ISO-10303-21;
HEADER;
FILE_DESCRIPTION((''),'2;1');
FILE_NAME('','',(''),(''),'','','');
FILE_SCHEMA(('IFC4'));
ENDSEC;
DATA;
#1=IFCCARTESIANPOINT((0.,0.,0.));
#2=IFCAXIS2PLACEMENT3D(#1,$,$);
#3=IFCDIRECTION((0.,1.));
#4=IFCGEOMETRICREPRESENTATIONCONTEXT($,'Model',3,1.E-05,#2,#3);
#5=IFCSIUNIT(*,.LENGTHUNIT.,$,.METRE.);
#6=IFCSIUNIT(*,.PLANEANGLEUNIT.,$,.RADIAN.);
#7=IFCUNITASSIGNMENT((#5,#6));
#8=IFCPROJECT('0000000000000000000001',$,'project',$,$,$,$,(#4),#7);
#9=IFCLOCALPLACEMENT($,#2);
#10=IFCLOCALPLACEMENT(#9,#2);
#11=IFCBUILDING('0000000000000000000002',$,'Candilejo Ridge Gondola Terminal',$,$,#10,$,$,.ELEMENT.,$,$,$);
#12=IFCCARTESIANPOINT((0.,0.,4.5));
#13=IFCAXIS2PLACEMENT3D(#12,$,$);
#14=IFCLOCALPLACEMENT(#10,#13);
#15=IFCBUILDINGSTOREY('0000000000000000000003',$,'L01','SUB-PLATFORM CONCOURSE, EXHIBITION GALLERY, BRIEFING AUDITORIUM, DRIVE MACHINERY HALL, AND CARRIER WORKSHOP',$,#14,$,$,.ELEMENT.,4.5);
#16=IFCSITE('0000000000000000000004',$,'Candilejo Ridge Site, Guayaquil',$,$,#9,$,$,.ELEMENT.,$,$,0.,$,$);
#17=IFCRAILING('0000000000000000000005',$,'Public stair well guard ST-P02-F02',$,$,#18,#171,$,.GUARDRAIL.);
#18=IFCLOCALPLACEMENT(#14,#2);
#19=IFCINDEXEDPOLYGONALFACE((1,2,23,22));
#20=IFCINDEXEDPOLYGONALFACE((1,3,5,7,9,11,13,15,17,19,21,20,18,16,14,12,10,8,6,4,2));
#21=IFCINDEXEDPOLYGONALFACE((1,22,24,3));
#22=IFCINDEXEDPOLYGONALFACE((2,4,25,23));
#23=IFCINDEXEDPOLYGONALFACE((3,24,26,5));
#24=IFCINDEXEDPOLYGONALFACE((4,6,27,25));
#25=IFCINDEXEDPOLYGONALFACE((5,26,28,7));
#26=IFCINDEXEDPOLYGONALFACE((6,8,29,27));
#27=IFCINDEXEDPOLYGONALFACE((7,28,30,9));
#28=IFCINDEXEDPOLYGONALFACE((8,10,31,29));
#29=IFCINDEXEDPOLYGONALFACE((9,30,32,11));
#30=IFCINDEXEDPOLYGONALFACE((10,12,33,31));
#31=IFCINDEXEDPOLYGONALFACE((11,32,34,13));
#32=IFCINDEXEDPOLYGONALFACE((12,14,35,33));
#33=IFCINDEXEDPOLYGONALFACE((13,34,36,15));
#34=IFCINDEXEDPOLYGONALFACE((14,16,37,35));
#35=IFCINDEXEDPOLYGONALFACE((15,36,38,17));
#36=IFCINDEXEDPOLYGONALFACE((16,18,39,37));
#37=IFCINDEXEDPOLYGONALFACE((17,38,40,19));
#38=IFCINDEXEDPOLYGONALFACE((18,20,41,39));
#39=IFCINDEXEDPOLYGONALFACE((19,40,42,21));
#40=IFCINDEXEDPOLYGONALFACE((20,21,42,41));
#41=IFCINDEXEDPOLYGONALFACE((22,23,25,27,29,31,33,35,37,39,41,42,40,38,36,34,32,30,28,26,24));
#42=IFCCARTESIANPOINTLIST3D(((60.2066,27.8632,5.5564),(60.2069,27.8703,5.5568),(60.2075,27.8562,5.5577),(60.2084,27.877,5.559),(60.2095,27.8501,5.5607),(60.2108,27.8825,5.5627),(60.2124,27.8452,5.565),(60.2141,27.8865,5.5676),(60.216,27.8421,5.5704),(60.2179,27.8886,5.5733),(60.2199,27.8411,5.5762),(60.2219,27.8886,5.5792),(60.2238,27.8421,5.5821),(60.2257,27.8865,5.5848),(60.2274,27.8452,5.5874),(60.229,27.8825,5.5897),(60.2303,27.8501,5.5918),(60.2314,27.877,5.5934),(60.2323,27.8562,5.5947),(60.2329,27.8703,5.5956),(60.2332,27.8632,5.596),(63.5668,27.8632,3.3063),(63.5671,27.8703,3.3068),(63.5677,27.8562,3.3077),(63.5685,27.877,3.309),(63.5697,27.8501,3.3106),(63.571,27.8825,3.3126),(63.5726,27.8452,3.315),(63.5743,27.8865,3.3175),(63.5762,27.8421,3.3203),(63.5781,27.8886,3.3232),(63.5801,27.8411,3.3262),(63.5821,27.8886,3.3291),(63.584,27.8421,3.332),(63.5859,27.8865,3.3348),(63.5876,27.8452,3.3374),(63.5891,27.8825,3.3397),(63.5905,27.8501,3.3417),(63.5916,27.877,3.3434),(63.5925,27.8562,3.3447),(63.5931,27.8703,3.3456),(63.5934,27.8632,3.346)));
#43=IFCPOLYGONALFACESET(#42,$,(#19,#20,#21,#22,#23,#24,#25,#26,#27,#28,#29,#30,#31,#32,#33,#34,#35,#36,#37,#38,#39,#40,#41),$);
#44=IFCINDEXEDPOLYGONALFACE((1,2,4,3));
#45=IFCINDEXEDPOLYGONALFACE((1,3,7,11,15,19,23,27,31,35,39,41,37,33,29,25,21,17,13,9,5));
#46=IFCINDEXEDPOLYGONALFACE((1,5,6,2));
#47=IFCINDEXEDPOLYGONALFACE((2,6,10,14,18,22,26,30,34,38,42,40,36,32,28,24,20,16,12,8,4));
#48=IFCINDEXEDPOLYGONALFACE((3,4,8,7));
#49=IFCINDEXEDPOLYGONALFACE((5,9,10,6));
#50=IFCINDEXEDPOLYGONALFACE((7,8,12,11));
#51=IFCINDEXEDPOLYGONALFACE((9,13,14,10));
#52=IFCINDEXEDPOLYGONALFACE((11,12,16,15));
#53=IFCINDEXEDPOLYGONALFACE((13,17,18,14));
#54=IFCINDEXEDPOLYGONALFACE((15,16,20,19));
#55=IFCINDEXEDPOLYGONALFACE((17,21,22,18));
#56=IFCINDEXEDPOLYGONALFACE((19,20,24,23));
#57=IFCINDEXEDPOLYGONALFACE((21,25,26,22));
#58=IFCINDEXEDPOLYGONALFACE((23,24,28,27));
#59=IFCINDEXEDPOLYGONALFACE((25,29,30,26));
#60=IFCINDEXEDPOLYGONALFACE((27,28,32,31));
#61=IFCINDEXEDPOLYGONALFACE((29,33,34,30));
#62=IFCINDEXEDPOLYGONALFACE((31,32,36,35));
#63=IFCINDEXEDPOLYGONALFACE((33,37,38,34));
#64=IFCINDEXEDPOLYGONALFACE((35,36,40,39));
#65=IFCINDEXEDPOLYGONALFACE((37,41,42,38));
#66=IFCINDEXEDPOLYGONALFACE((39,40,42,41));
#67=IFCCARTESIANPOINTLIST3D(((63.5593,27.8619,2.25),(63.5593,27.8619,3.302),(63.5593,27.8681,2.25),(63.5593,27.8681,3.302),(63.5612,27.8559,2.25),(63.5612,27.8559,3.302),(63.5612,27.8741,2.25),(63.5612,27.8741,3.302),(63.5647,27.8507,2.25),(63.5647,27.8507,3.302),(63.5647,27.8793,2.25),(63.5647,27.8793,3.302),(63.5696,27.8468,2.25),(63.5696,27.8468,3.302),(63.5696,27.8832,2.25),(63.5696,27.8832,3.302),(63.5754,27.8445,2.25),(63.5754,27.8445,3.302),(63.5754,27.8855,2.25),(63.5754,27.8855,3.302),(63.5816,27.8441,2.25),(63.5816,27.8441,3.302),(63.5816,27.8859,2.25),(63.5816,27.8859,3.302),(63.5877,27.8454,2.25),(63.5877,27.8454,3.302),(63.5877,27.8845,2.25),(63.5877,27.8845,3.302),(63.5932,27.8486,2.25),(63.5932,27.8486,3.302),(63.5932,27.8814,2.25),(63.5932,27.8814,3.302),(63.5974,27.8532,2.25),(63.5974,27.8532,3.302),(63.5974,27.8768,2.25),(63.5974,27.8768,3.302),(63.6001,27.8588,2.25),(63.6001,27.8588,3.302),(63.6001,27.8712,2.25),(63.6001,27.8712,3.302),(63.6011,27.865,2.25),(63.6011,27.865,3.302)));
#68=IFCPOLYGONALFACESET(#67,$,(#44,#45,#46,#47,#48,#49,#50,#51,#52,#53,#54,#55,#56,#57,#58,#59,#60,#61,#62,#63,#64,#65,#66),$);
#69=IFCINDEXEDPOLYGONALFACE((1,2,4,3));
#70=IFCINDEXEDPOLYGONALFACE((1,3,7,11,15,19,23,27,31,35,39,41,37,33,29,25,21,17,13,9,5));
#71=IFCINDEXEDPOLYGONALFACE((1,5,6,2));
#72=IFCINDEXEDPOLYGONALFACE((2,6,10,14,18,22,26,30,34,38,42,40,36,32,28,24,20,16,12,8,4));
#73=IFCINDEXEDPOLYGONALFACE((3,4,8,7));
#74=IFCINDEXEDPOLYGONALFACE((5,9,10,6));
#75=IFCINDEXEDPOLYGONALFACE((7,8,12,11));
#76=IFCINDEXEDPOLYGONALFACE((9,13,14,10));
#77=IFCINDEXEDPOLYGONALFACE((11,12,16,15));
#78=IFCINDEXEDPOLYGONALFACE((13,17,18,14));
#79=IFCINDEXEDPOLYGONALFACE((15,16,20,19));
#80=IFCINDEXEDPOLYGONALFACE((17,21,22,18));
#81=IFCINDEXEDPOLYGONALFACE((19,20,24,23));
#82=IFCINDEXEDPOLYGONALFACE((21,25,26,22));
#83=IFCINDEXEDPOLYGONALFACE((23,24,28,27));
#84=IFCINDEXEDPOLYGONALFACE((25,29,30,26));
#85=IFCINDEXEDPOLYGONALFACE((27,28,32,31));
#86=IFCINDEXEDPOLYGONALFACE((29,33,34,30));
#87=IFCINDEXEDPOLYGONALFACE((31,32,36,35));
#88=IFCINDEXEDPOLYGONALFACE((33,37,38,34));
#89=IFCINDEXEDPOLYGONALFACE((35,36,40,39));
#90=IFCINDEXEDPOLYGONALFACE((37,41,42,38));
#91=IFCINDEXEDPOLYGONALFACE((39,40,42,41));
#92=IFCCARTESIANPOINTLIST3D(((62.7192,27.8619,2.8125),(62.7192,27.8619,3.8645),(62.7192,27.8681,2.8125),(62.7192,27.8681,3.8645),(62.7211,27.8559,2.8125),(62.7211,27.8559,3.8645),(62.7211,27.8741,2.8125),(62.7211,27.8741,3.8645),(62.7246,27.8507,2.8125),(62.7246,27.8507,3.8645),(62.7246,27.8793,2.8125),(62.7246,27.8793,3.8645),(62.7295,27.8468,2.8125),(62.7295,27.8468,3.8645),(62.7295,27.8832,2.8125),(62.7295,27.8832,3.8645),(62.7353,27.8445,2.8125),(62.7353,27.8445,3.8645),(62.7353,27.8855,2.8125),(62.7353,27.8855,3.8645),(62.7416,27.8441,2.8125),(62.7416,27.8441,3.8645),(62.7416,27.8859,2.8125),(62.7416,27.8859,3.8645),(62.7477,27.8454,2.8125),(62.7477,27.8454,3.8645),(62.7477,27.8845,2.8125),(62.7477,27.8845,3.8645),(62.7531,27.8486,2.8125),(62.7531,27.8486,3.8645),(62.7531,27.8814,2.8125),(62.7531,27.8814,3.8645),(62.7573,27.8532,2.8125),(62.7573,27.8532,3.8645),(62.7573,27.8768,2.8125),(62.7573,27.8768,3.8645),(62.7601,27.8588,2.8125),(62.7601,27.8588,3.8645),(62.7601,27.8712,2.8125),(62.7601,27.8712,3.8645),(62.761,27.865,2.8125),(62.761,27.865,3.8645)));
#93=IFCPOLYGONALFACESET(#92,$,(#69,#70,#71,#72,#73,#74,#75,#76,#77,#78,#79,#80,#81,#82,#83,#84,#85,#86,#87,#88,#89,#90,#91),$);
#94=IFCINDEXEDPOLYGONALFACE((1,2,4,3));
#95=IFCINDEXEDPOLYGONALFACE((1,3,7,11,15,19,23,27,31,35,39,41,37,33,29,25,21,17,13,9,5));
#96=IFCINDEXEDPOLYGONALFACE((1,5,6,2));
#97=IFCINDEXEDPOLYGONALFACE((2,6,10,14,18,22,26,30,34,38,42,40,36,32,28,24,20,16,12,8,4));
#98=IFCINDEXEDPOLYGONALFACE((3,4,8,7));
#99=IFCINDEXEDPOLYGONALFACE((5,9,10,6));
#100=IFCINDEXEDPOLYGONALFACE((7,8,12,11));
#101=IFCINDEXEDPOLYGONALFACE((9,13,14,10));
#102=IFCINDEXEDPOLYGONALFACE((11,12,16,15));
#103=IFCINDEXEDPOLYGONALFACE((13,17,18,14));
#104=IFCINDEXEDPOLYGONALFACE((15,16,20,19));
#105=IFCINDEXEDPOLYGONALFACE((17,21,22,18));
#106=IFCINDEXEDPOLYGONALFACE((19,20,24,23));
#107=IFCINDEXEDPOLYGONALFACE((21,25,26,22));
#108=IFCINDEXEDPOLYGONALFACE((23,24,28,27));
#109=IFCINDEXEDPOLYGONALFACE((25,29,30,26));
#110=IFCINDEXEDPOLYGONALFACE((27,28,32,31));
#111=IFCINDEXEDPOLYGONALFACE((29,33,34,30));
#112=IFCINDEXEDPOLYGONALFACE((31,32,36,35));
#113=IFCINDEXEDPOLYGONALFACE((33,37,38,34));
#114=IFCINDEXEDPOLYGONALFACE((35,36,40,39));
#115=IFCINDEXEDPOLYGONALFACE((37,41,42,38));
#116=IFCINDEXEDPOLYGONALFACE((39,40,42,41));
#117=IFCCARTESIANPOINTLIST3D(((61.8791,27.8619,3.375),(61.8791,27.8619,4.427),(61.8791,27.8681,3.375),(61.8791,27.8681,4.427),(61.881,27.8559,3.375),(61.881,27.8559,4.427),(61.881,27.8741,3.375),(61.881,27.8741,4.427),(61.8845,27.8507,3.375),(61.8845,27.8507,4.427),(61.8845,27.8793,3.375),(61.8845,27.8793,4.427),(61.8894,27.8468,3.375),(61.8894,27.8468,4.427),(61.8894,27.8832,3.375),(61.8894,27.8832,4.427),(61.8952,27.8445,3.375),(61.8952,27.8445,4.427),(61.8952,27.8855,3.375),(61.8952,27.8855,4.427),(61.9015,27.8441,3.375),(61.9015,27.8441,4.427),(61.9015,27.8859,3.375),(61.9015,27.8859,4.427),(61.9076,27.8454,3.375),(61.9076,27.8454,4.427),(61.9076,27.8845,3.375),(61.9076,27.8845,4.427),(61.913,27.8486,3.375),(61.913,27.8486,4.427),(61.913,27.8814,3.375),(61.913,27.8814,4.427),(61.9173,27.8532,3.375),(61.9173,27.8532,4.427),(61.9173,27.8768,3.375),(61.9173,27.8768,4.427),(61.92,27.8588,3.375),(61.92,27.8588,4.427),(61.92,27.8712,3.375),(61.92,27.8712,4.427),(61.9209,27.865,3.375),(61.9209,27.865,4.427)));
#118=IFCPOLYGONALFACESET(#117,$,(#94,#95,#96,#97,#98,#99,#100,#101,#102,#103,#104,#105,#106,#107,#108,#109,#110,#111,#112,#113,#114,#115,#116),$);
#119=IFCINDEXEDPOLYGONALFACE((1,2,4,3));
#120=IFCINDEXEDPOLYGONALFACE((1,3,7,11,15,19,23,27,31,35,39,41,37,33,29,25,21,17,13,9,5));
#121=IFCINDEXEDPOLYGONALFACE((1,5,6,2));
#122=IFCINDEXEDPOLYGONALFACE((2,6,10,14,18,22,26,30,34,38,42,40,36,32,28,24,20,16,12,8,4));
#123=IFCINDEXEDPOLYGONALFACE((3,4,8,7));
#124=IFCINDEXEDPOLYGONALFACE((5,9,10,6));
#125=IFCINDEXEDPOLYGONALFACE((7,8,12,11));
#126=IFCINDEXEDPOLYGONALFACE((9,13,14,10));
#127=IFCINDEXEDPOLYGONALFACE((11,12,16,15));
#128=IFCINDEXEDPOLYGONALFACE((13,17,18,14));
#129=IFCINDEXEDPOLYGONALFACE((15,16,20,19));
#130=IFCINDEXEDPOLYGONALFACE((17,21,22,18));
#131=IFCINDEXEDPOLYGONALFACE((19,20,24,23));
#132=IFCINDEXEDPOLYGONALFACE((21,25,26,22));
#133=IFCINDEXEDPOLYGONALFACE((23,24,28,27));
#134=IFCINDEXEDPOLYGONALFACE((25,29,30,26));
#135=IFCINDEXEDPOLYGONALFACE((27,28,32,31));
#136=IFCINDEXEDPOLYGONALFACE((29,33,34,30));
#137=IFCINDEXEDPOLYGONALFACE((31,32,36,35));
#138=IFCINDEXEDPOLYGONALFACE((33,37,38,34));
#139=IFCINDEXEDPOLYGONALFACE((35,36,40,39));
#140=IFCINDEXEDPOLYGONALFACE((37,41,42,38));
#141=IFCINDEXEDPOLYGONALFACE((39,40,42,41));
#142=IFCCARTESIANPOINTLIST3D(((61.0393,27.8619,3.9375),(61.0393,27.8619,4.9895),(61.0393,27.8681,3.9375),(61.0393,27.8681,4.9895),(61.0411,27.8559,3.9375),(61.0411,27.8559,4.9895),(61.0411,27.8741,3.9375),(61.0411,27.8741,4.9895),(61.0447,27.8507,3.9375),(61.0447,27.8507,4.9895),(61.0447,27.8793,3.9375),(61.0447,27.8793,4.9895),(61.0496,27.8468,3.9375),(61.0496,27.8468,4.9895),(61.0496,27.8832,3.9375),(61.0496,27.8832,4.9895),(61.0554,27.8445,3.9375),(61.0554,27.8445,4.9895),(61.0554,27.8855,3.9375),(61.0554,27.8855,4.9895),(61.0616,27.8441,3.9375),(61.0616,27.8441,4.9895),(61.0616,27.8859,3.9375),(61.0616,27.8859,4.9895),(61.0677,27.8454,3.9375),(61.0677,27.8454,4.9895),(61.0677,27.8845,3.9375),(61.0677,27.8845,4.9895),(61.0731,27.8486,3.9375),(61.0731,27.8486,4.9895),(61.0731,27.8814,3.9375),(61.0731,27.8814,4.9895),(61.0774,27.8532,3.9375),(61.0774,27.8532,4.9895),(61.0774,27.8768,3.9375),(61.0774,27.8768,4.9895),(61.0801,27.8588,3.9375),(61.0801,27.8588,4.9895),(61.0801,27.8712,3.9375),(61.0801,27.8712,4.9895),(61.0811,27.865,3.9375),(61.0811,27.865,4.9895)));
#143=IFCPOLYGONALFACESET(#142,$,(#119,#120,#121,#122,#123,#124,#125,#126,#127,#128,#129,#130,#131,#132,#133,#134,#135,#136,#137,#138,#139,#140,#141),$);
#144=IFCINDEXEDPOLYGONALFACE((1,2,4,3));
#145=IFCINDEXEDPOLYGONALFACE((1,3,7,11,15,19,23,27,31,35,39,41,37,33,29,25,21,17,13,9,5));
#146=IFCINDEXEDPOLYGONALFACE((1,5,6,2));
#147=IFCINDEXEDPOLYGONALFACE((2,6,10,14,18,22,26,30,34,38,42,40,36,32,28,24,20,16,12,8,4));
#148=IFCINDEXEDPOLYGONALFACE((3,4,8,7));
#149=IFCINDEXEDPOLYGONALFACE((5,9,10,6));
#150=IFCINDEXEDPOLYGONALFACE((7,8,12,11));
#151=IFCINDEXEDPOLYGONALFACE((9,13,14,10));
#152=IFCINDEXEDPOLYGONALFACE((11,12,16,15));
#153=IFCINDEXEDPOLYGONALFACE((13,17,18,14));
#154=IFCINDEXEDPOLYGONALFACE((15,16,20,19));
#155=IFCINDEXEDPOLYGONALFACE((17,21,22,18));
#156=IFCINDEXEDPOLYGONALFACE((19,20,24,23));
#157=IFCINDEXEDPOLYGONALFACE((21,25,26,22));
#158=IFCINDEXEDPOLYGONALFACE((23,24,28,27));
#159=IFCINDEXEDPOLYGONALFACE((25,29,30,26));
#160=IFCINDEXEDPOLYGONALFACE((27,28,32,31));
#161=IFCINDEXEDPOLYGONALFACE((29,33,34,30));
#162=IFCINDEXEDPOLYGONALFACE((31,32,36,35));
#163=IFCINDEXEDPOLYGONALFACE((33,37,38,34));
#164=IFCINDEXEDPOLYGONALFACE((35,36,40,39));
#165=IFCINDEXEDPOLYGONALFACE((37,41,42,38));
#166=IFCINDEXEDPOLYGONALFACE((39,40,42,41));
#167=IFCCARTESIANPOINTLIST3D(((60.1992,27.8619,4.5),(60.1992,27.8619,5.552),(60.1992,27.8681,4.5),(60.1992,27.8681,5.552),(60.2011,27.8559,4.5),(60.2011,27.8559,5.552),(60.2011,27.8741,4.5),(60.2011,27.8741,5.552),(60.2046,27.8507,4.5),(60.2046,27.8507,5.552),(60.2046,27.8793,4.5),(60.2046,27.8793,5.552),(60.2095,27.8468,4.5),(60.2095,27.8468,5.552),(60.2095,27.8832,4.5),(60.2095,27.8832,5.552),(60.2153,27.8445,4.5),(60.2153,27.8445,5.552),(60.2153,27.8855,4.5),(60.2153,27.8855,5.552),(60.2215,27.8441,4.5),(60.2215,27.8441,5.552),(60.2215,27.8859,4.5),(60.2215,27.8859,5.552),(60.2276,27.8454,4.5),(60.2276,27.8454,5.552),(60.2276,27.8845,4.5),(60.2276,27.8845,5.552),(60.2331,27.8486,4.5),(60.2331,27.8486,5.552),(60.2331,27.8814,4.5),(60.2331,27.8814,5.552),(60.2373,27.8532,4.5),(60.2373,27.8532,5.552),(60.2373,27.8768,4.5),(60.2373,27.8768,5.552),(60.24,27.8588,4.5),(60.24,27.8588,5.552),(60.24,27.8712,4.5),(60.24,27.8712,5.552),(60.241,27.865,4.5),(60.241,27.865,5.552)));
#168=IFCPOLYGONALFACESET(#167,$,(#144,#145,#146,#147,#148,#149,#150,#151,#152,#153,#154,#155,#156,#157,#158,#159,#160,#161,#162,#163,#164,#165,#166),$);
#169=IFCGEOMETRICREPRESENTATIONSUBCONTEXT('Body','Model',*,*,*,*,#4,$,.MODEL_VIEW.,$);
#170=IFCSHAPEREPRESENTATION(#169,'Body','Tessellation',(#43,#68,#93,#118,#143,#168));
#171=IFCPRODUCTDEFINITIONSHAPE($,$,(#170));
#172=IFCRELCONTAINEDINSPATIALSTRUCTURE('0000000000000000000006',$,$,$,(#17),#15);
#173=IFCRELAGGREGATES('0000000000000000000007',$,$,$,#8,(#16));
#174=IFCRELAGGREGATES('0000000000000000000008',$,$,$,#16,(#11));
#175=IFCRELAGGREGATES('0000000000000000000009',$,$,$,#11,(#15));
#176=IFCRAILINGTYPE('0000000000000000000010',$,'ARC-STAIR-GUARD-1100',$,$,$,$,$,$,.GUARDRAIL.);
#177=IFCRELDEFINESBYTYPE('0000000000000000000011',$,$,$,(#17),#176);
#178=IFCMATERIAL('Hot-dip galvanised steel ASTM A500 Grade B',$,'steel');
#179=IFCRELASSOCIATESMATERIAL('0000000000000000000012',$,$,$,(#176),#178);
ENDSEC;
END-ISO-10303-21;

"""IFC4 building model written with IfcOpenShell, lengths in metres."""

from ifc_helpers import new_model, si_unit, direction, frame, origin, origin_2d, place, context, subcontext, project, spatial, circle, extrude, material, type_object, element, save


model = new_model("IFC4")

# Units and contexts
model_context = context("Model", 3, precision=1e-05, world=origin(), true_north=direction((0.0, 1.0)))
body_context = subcontext(model_context, "Body", "Model", "MODEL_VIEW")
ifc_project = project(units=[si_unit("LENGTHUNIT", "METRE"), si_unit("PLANEANGLEUNIT", "RADIAN")], contexts=[model_context])

# Site, building, storey
site_placement = place(None, origin())
site = spatial("IfcSite", under=ifc_project, at=site_placement, Name="Candilejo Ridge Site, Guayaquil", CompositionType="ELEMENT", RefElevation=0.0)
building_placement = place(site_placement, origin())
building = spatial("IfcBuilding", under=site, at=building_placement, Name="Candilejo Ridge Gondola Terminal", CompositionType="ELEMENT")
storey_placement = place(building_placement, frame((0.0, 0.0, 4.5)))
storey = spatial("IfcBuildingStorey", under=building, at=storey_placement, Name="L01", Description="SUB-PLATFORM CONCOURSE, EXHIBITION GALLERY, BRIEFING AUDITORIUM, DRIVE MACHINERY HALL, AND CARRIER WORKSHOP", CompositionType="ELEMENT", Elevation=4.5)

# Railing
ifc_material_1 = material(Name="Hot-dip galvanised steel ASTM A500 Grade B", Category="steel")
railing_type = type_object("IfcRailingType", Name="ARC-STAIR-GUARD-1100", PredefinedType="GUARDRAIL", material=ifc_material_1)
railing_1_placement = place(storey_placement, frame((63.5801, 27.865, 2.25)))
element("IfcRailing", 1, at=railing_1_placement, inside=storey, type_object=railing_type, Name="Public stair well guard ST-P02-F02", PredefinedType="GUARDRAIL", context=body_context, shape_type="SweptSolid", body=[
    extrude(circle(Radius=0.0239, at=origin_2d()), frame((0.0, 0.0, 1.0762), z_axis=(-0.830915, 0.0, 0.556399), x_axis=(0.0, -1.0, 0.0)), (0.0, 0.0, 1.0), 4.0439),
    extrude(circle(Radius=0.021, at=origin_2d()), origin(), (0.0, 0.0, 1.0), 1.052),
    extrude(circle(Radius=0.021, at=origin_2d()), frame((-0.8401, 0.0, 0.5625)), (0.0, 0.0, 1.0), 1.052),
    extrude(circle(Radius=0.021, at=origin_2d()), frame((-1.6802, 0.0, 1.125)), (0.0, 0.0, 1.0), 1.052),
    extrude(circle(Radius=0.021, at=origin_2d()), frame((-2.52, 0.0, 1.6875)), (0.0, 0.0, 1.0), 1.052),
    extrude(circle(Radius=0.021, at=origin_2d()), frame((-3.3601, 0.0, 2.25)), (0.0, 0.0, 1.0), 1.052),
])

save(model, "model.ifc")
